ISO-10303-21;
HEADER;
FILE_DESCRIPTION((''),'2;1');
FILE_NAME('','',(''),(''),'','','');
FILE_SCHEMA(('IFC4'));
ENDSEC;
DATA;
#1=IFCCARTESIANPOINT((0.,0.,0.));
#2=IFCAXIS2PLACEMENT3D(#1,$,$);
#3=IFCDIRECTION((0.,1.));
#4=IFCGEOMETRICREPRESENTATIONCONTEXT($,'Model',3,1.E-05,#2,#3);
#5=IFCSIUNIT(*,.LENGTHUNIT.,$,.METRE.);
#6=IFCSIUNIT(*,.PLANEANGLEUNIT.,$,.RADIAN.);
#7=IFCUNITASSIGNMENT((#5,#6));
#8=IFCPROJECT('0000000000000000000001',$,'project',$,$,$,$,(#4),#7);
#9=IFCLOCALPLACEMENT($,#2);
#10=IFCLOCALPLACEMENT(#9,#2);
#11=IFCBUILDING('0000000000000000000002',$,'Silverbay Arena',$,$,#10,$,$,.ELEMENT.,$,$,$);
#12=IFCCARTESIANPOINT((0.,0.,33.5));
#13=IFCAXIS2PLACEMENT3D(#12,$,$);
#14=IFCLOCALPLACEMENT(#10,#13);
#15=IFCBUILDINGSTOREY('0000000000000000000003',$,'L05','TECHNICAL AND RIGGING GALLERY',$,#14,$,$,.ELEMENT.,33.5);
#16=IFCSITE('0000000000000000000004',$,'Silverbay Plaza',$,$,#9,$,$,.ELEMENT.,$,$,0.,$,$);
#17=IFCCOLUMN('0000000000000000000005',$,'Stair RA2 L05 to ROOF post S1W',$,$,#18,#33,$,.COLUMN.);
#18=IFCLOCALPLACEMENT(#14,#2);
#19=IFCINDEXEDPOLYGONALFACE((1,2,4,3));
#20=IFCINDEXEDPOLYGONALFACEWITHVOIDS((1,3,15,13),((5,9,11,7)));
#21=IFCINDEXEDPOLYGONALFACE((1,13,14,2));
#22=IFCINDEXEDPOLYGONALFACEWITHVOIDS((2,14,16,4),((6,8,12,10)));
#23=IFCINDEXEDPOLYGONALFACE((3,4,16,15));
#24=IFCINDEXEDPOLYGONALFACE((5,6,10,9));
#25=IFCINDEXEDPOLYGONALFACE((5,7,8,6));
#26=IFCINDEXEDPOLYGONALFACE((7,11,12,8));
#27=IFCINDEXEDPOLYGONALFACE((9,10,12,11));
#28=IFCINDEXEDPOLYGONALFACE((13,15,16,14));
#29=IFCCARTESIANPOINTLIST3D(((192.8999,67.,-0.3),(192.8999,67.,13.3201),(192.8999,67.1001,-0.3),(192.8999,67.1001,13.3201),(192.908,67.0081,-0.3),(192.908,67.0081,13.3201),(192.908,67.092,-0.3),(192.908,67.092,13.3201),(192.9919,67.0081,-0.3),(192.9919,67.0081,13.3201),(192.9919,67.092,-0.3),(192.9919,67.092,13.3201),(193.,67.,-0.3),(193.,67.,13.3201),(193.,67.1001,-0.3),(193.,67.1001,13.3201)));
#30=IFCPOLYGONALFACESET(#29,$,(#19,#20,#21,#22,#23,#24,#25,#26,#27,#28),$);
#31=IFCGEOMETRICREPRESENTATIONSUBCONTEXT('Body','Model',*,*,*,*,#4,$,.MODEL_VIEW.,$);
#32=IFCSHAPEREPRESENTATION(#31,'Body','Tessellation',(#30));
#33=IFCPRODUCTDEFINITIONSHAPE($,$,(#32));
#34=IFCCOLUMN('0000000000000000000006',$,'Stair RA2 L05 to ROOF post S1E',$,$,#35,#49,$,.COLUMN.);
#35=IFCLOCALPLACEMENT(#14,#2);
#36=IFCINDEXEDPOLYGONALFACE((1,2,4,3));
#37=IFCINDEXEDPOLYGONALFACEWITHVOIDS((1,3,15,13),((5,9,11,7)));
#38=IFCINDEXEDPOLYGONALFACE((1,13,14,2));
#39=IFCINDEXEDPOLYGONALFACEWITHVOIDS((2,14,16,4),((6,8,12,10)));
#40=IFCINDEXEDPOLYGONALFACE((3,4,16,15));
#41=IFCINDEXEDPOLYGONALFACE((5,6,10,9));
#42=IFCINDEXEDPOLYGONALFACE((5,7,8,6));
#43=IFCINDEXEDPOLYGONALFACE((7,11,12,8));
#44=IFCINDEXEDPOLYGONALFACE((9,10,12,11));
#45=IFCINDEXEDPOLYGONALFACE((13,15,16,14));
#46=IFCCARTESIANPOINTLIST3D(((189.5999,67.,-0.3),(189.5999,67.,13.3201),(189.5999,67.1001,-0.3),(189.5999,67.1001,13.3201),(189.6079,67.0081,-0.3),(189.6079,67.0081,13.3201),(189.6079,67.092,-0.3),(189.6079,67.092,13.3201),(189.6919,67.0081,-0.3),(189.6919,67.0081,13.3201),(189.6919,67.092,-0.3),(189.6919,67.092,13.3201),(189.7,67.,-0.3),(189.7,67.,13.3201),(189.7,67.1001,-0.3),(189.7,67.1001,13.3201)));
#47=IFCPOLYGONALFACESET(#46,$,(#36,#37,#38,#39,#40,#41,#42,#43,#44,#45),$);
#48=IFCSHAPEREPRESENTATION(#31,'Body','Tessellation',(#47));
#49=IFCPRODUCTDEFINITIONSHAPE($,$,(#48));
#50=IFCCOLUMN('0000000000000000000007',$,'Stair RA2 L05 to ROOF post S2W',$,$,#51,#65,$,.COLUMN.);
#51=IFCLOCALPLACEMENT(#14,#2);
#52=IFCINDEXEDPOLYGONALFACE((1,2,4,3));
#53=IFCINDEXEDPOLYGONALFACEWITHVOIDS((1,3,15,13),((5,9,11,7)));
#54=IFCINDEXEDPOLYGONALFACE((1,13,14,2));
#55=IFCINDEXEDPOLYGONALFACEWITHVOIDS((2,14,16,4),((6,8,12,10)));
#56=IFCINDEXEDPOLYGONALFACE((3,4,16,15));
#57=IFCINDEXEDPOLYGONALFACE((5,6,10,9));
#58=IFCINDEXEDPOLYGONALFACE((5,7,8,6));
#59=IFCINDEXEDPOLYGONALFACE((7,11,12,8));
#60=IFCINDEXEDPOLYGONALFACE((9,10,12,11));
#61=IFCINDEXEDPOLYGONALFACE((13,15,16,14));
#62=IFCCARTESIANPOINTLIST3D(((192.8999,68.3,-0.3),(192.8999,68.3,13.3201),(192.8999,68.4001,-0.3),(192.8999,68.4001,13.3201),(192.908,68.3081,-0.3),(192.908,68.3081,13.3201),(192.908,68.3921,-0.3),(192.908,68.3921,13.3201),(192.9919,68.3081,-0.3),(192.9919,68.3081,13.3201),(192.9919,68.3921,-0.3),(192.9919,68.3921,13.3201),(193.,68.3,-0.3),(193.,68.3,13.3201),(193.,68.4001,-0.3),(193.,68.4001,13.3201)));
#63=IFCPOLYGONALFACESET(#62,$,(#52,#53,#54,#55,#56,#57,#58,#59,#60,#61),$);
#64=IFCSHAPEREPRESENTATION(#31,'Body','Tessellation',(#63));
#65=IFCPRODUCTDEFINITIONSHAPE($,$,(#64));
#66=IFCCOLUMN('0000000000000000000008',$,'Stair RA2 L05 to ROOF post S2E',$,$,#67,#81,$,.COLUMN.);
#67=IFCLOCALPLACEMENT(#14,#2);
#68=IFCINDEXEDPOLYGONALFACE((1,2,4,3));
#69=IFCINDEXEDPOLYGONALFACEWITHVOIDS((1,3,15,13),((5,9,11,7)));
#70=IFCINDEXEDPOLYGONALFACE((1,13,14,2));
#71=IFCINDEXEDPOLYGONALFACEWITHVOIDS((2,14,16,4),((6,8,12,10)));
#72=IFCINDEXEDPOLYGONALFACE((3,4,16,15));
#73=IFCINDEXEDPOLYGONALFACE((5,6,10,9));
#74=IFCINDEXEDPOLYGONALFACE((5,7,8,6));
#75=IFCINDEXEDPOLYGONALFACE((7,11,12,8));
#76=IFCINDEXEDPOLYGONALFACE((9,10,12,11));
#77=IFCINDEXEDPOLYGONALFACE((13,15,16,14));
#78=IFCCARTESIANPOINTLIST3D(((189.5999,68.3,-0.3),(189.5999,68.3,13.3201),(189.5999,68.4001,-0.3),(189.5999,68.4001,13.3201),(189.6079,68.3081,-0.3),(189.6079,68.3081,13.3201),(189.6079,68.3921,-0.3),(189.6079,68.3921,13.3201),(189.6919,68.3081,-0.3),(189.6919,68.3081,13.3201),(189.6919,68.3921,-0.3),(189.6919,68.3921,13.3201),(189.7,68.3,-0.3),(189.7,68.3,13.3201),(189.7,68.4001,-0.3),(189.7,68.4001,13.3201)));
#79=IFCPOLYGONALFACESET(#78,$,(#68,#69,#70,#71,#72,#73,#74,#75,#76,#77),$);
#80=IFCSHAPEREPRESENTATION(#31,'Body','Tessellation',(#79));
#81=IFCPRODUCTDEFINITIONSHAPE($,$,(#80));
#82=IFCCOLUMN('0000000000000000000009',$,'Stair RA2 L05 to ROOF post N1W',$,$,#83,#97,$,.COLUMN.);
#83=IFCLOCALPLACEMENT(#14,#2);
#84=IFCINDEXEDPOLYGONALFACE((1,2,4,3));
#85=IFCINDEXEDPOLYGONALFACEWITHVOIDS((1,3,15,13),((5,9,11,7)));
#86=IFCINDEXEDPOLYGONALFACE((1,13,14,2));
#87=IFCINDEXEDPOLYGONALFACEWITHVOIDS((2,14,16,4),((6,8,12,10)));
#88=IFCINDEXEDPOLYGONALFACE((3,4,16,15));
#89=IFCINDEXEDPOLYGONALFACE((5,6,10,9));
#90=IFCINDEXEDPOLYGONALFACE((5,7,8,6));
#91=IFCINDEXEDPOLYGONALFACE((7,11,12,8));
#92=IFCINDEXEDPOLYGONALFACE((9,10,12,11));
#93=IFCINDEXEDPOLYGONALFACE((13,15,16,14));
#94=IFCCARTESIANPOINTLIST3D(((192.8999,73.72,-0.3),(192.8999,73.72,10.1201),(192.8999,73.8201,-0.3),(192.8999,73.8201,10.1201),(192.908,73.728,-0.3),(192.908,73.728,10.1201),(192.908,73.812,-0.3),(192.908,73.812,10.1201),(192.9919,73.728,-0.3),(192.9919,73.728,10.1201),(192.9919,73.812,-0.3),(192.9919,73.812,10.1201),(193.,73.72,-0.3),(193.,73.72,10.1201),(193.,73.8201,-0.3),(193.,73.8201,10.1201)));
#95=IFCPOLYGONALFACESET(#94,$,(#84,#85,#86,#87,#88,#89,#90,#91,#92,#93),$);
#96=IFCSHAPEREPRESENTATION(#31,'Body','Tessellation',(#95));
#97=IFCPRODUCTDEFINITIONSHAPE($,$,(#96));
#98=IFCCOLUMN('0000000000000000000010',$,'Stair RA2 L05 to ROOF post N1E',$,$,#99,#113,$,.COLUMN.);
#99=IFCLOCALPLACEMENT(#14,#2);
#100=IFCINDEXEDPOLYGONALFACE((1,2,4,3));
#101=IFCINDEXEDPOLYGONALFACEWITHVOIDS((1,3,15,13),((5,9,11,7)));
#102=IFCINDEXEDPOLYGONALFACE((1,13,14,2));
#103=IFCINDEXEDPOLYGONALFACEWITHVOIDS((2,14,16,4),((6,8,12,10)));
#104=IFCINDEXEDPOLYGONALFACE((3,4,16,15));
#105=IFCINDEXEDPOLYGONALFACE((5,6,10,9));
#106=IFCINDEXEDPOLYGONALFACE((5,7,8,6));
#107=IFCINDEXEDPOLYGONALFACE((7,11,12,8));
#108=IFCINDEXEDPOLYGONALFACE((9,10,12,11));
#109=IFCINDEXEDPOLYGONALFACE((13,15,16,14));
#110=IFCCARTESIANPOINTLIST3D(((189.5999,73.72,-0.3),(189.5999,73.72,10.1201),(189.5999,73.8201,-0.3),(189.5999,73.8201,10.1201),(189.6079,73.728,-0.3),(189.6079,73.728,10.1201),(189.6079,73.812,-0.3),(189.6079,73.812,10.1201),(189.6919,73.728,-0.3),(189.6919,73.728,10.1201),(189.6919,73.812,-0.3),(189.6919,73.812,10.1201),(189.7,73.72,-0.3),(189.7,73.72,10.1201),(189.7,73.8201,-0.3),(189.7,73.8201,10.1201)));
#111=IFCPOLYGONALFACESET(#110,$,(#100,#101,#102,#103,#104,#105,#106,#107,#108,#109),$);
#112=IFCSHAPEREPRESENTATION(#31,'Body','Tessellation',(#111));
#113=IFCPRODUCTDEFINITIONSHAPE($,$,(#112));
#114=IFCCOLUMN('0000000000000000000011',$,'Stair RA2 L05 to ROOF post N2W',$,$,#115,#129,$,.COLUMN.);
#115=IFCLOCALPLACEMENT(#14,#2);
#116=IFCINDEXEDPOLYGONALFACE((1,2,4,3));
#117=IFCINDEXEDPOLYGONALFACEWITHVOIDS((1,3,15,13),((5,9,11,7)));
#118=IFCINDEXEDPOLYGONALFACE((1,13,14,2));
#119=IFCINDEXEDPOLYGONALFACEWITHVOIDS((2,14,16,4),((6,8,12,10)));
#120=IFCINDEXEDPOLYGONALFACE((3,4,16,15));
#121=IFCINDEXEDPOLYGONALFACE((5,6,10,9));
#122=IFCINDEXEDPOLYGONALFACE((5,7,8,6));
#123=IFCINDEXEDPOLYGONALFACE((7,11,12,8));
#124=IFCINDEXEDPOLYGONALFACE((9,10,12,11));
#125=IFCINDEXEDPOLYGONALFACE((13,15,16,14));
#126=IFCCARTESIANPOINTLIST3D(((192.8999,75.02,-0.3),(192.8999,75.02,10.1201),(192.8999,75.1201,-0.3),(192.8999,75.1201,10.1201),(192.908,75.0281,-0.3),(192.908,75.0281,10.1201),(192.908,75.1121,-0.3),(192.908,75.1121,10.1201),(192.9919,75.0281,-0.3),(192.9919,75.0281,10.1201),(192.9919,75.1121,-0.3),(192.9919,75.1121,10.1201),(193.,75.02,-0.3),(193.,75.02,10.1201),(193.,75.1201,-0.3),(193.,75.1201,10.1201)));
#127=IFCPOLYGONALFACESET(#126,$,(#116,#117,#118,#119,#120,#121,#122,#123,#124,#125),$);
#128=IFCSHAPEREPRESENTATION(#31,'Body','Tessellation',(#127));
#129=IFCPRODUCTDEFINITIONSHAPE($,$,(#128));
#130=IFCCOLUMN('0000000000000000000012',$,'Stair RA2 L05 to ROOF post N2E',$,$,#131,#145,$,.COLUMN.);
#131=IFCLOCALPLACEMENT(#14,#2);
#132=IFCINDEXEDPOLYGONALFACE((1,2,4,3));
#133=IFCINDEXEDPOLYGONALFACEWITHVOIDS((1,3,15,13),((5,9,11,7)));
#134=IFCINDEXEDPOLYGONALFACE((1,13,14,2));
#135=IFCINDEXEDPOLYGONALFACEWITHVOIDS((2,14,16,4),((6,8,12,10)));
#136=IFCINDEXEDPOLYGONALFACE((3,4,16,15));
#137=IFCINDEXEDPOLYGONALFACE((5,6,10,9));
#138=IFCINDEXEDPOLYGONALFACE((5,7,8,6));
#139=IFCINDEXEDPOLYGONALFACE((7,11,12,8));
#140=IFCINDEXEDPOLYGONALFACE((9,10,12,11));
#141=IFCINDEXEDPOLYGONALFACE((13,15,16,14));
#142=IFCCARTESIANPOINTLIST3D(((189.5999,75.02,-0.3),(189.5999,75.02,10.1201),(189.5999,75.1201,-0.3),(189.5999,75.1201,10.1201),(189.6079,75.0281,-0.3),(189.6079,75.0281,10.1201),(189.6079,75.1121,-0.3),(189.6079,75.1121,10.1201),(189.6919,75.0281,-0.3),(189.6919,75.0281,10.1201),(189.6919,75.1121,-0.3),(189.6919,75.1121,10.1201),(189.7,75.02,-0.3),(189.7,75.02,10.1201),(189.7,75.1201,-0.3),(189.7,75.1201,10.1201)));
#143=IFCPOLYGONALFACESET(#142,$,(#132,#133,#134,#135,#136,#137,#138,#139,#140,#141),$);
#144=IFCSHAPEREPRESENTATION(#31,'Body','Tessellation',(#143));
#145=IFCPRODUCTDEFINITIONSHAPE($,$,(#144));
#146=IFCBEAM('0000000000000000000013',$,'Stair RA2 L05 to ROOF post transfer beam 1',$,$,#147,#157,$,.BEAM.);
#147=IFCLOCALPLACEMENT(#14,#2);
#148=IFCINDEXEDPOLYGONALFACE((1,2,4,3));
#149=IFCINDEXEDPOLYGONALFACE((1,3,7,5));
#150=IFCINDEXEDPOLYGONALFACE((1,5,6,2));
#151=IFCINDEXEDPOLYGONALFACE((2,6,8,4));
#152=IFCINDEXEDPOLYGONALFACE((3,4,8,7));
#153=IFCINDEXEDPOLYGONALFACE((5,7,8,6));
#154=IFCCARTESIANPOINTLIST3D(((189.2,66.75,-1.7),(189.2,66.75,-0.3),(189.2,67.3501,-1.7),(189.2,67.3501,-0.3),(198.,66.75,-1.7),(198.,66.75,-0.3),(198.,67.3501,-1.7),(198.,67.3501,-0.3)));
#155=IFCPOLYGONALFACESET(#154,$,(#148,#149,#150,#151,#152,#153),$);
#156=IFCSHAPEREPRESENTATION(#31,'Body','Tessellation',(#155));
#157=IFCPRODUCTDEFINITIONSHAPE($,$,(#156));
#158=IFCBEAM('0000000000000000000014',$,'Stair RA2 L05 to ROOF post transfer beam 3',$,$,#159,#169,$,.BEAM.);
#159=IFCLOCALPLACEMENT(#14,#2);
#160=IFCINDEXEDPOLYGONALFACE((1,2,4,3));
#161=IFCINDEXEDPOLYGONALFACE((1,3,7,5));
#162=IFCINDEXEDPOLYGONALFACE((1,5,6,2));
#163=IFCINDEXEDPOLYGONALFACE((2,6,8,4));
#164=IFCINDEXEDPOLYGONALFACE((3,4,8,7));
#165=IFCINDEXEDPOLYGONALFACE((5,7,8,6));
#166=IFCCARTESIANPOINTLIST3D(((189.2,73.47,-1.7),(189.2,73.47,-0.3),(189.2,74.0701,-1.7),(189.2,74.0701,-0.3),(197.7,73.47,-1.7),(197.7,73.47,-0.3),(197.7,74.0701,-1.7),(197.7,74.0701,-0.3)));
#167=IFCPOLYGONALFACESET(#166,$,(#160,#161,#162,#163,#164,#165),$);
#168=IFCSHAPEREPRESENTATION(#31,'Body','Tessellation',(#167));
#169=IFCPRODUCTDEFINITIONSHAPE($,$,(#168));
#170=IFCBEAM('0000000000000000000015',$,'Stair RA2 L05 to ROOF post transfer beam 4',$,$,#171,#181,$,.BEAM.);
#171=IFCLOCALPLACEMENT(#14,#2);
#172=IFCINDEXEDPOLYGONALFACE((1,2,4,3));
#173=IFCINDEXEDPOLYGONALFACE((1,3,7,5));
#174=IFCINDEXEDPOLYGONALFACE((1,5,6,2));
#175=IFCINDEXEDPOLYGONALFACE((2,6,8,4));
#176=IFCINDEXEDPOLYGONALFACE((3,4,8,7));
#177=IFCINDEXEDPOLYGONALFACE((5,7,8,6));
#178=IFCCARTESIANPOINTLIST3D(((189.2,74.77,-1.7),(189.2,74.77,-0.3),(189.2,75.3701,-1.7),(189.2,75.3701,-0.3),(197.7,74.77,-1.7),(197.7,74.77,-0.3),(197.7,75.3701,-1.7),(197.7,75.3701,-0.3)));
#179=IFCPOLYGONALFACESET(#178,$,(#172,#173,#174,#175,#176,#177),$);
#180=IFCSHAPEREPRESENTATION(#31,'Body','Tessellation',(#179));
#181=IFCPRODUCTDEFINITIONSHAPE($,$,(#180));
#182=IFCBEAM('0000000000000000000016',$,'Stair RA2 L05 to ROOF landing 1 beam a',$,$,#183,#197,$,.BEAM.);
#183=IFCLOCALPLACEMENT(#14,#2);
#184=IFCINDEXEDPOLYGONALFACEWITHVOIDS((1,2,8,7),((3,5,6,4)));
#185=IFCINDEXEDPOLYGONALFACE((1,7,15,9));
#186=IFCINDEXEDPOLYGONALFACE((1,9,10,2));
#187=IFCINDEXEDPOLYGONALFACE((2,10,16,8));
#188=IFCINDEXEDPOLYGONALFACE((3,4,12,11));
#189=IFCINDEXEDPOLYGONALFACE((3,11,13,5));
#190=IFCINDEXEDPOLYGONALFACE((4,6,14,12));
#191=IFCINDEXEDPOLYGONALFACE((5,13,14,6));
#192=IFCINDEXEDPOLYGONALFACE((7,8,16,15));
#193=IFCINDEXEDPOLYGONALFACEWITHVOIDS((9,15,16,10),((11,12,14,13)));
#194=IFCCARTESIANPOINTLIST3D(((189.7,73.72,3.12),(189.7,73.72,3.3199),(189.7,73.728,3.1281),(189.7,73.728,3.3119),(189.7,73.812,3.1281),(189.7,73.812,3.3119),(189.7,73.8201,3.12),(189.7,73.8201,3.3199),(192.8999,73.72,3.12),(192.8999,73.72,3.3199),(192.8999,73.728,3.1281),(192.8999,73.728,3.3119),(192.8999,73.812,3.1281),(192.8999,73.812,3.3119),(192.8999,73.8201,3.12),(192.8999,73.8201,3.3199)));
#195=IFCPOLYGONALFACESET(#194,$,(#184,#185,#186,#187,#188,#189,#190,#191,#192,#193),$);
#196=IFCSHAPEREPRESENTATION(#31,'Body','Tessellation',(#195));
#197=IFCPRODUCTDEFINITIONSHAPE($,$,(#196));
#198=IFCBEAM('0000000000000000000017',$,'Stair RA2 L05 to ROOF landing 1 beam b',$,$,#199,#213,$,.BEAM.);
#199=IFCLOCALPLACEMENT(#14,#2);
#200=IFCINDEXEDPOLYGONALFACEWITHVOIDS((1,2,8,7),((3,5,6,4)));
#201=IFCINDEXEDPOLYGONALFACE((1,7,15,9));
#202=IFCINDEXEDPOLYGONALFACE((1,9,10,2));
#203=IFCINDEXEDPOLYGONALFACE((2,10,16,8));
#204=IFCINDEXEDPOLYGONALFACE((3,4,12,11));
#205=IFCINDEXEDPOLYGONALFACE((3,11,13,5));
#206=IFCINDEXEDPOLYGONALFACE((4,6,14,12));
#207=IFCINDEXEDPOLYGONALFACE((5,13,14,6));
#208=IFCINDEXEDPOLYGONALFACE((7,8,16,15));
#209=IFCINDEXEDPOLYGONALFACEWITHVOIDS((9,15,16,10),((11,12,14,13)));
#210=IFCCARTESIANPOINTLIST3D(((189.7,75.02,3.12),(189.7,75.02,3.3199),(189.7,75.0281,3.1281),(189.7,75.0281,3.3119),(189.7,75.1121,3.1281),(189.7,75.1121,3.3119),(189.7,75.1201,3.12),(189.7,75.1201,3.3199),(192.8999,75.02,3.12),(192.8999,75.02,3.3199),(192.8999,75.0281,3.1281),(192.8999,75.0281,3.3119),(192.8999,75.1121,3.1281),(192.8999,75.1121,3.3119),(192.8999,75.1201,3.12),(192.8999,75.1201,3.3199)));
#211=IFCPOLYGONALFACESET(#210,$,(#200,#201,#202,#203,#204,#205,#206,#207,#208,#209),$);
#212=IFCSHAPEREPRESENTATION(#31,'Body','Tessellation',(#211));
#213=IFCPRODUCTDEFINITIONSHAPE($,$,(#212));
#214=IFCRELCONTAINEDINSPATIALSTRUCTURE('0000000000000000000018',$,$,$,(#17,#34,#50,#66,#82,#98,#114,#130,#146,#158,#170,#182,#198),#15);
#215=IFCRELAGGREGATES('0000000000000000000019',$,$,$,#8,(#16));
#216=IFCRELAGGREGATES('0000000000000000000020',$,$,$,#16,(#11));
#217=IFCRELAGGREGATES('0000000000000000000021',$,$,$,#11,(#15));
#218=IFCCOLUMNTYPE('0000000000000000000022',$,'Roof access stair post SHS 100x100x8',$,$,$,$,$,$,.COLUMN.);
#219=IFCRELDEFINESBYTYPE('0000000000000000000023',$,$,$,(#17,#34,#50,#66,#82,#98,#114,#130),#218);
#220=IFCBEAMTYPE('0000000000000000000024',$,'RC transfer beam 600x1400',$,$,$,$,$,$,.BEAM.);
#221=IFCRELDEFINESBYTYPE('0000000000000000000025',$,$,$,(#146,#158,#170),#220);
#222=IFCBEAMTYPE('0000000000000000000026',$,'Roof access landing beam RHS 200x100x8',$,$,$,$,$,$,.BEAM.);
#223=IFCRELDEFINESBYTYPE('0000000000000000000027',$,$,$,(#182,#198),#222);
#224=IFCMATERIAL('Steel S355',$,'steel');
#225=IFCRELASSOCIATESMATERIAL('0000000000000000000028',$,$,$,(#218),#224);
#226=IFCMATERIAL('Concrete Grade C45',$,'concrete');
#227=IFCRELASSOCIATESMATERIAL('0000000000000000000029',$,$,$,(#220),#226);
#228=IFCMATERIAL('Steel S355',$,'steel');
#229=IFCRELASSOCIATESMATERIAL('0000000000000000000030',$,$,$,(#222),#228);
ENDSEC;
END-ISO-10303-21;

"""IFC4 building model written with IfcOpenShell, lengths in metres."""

from ifc_helpers import new_model, si_unit, direction, frame, origin, origin_2d, place, context, subcontext, project, spatial, rectangle, hollow_rectangle, extrude, material, material_profile, profile_set, type_object, element, save


model = new_model("IFC4")

# Units and contexts
model_context = context("Model", 3, precision=1e-05, world=origin(), true_north=direction((0.0, 1.0)))
body_context = subcontext(model_context, "Body", "Model", "MODEL_VIEW")
ifc_project = project(units=[si_unit("LENGTHUNIT", "METRE"), si_unit("PLANEANGLEUNIT", "RADIAN")], contexts=[model_context])

# Site, building, storey
site_placement = place(None, origin())
site = spatial("IfcSite", under=ifc_project, at=site_placement, Name="Silverbay Plaza", CompositionType="ELEMENT", RefElevation=0.0)
building_placement = place(site_placement, origin())
building = spatial("IfcBuilding", under=site, at=building_placement, Name="Silverbay Arena", CompositionType="ELEMENT")
storey_placement = place(building_placement, frame((0.0, 0.0, 33.5)))
storey = spatial("IfcBuildingStorey", under=building, at=storey_placement, Name="L05", Description="TECHNICAL AND RIGGING GALLERY", CompositionType="ELEMENT", Elevation=33.5)

# Columns
ifc_material_1 = material(Name="Steel S355", Category="steel")
ifc_material_profile_1 = material_profile(ifc_material_1, hollow_rectangle(XDim=0.1001, YDim=0.1001, WallThickness=0.0081, at=origin_2d()), Name="SHS 100x100x8")
ifc_profile_set_1 = profile_set([ifc_material_profile_1], Name="Steel S355")
column_type = type_object("IfcColumnType", Name="Roof access stair post SHS 100x100x8", PredefinedType="COLUMN", material=ifc_profile_set_1)
for number, where, z_axis, x_axis, name in (
    (1, (192.95, 67.05, -0.3), (0.0, 0.0, 1.0), (1.0, 0.0, 0.0), "Stair RA2 L05 to ROOF post S1W"),
    (2, (189.6499, 67.05, -0.3), (0.0, 0.0, 1.0), (1.0, 0.0, 0.0), "Stair RA2 L05 to ROOF post S1E"),
    (3, (192.95, 68.3501, -0.3), (0.0, 0.0, 1.0), (1.0, 0.0, 0.0), "Stair RA2 L05 to ROOF post S2W"),
    (4, (189.6499, 68.3501, -0.3), (0.0, 0.0, 1.0), (1.0, 0.0, 0.0), "Stair RA2 L05 to ROOF post S2E"),
):
    element("IfcColumn", number, at=place(storey_placement, frame(where, z_axis=z_axis, x_axis=x_axis)), inside=storey, type_object=column_type, Name=name, PredefinedType="COLUMN", context=body_context, shape_type="SweptSolid", body=[
        extrude(hollow_rectangle(XDim=0.1001, YDim=0.1001, WallThickness=0.0081, at=origin_2d()), origin(), (0.0, 0.0, 1.0), 13.6201),
    ])
for number, where, z_axis, x_axis, name in (
    (5, (192.95, 73.77, -0.3), (0.0, 0.0, 1.0), (1.0, 0.0, 0.0), "Stair RA2 L05 to ROOF post N1W"),
    (6, (189.6499, 73.77, -0.3), (0.0, 0.0, 1.0), (1.0, 0.0, 0.0), "Stair RA2 L05 to ROOF post N1E"),
    (7, (192.95, 75.0701, -0.3), (0.0, 0.0, 1.0), (1.0, 0.0, 0.0), "Stair RA2 L05 to ROOF post N2W"),
    (8, (189.6499, 75.0701, -0.3), (0.0, 0.0, 1.0), (1.0, 0.0, 0.0), "Stair RA2 L05 to ROOF post N2E"),
):
    element("IfcColumn", number, at=place(storey_placement, frame(where, z_axis=z_axis, x_axis=x_axis)), inside=storey, type_object=column_type, Name=name, PredefinedType="COLUMN", context=body_context, shape_type="SweptSolid", body=[
        extrude(hollow_rectangle(XDim=0.1001, YDim=0.1001, WallThickness=0.0081, at=origin_2d()), origin(), (0.0, 0.0, 1.0), 10.4202),
    ])

# Beams
ifc_material_2 = material(Name="Concrete Grade C45", Category="concrete")
ifc_material_profile_2 = material_profile(ifc_material_2, rectangle(XDim=0.6001, YDim=1.3999, at=origin_2d()), Name="RC 600x1400")
ifc_profile_set_2 = profile_set([ifc_material_profile_2], Name="Concrete Grade C45")
beam_type_1 = type_object("IfcBeamType", Name="RC transfer beam 600x1400", PredefinedType="BEAM", material=ifc_profile_set_2)
beam_placement = place(storey_placement, frame((198.0, 67.05, -1.0), z_axis=(-1.0, 0.0, 0.0), x_axis=(0.0, -1.0, 0.0)))
element("IfcBeam", 9, at=beam_placement, inside=storey, type_object=beam_type_1, Name="Stair RA2 L05 to ROOF post transfer beam 1", PredefinedType="BEAM", context=body_context, shape_type="SweptSolid", body=[
    extrude(rectangle(XDim=0.6001, YDim=1.3999, at=origin_2d()), origin(), (0.0, 0.0, 1.0), 8.8),
])
for number, where, z_axis, x_axis, name in (
    (10, (197.7, 73.77, -1.0), (-1.0, 0.0, 0.0), (0.0, -1.0, 0.0), "Stair RA2 L05 to ROOF post transfer beam 3"),
    (11, (197.7, 75.0701, -1.0), (-1.0, 0.0, 0.0), (0.0, -1.0, 0.0), "Stair RA2 L05 to ROOF post transfer beam 4"),
):
    element("IfcBeam", number, at=place(storey_placement, frame(where, z_axis=z_axis, x_axis=x_axis)), inside=storey, type_object=beam_type_1, Name=name, PredefinedType="BEAM", context=body_context, shape_type="SweptSolid", body=[
        extrude(rectangle(XDim=0.6001, YDim=1.3999, at=origin_2d()), origin(), (0.0, 0.0, 1.0), 8.5),
    ])
ifc_material_3 = material(Name="Steel S355", Category="steel")
ifc_material_profile_3 = material_profile(ifc_material_3, hollow_rectangle(XDim=0.1001, YDim=0.2, WallThickness=0.0081, at=origin_2d()), Name="RHS 200x100x8")
ifc_profile_set_3 = profile_set([ifc_material_profile_3], Name="Steel S355")
beam_type_2 = type_object("IfcBeamType", Name="Roof access landing beam RHS 200x100x8", PredefinedType="BEAM", material=ifc_profile_set_3)
for number, where, z_axis, x_axis, name in (
    (12, (192.8999, 73.77, 3.22), (-1.0, 0.0, 0.0), (0.0, -1.0, 0.0), "Stair RA2 L05 to ROOF landing 1 beam a"),
    (13, (192.8999, 75.0701, 3.22), (-1.0, 0.0, 0.0), (0.0, -1.0, 0.0), "Stair RA2 L05 to ROOF landing 1 beam b"),
):
    element("IfcBeam", number, at=place(storey_placement, frame(where, z_axis=z_axis, x_axis=x_axis)), inside=storey, type_object=beam_type_2, Name=name, PredefinedType="BEAM", context=body_context, shape_type="SweptSolid", body=[
        extrude(hollow_rectangle(XDim=0.1001, YDim=0.2, WallThickness=0.0081, at=origin_2d()), origin(), (0.0, 0.0, 1.0), 3.2),
    ])

save(model, "model.ifc")
